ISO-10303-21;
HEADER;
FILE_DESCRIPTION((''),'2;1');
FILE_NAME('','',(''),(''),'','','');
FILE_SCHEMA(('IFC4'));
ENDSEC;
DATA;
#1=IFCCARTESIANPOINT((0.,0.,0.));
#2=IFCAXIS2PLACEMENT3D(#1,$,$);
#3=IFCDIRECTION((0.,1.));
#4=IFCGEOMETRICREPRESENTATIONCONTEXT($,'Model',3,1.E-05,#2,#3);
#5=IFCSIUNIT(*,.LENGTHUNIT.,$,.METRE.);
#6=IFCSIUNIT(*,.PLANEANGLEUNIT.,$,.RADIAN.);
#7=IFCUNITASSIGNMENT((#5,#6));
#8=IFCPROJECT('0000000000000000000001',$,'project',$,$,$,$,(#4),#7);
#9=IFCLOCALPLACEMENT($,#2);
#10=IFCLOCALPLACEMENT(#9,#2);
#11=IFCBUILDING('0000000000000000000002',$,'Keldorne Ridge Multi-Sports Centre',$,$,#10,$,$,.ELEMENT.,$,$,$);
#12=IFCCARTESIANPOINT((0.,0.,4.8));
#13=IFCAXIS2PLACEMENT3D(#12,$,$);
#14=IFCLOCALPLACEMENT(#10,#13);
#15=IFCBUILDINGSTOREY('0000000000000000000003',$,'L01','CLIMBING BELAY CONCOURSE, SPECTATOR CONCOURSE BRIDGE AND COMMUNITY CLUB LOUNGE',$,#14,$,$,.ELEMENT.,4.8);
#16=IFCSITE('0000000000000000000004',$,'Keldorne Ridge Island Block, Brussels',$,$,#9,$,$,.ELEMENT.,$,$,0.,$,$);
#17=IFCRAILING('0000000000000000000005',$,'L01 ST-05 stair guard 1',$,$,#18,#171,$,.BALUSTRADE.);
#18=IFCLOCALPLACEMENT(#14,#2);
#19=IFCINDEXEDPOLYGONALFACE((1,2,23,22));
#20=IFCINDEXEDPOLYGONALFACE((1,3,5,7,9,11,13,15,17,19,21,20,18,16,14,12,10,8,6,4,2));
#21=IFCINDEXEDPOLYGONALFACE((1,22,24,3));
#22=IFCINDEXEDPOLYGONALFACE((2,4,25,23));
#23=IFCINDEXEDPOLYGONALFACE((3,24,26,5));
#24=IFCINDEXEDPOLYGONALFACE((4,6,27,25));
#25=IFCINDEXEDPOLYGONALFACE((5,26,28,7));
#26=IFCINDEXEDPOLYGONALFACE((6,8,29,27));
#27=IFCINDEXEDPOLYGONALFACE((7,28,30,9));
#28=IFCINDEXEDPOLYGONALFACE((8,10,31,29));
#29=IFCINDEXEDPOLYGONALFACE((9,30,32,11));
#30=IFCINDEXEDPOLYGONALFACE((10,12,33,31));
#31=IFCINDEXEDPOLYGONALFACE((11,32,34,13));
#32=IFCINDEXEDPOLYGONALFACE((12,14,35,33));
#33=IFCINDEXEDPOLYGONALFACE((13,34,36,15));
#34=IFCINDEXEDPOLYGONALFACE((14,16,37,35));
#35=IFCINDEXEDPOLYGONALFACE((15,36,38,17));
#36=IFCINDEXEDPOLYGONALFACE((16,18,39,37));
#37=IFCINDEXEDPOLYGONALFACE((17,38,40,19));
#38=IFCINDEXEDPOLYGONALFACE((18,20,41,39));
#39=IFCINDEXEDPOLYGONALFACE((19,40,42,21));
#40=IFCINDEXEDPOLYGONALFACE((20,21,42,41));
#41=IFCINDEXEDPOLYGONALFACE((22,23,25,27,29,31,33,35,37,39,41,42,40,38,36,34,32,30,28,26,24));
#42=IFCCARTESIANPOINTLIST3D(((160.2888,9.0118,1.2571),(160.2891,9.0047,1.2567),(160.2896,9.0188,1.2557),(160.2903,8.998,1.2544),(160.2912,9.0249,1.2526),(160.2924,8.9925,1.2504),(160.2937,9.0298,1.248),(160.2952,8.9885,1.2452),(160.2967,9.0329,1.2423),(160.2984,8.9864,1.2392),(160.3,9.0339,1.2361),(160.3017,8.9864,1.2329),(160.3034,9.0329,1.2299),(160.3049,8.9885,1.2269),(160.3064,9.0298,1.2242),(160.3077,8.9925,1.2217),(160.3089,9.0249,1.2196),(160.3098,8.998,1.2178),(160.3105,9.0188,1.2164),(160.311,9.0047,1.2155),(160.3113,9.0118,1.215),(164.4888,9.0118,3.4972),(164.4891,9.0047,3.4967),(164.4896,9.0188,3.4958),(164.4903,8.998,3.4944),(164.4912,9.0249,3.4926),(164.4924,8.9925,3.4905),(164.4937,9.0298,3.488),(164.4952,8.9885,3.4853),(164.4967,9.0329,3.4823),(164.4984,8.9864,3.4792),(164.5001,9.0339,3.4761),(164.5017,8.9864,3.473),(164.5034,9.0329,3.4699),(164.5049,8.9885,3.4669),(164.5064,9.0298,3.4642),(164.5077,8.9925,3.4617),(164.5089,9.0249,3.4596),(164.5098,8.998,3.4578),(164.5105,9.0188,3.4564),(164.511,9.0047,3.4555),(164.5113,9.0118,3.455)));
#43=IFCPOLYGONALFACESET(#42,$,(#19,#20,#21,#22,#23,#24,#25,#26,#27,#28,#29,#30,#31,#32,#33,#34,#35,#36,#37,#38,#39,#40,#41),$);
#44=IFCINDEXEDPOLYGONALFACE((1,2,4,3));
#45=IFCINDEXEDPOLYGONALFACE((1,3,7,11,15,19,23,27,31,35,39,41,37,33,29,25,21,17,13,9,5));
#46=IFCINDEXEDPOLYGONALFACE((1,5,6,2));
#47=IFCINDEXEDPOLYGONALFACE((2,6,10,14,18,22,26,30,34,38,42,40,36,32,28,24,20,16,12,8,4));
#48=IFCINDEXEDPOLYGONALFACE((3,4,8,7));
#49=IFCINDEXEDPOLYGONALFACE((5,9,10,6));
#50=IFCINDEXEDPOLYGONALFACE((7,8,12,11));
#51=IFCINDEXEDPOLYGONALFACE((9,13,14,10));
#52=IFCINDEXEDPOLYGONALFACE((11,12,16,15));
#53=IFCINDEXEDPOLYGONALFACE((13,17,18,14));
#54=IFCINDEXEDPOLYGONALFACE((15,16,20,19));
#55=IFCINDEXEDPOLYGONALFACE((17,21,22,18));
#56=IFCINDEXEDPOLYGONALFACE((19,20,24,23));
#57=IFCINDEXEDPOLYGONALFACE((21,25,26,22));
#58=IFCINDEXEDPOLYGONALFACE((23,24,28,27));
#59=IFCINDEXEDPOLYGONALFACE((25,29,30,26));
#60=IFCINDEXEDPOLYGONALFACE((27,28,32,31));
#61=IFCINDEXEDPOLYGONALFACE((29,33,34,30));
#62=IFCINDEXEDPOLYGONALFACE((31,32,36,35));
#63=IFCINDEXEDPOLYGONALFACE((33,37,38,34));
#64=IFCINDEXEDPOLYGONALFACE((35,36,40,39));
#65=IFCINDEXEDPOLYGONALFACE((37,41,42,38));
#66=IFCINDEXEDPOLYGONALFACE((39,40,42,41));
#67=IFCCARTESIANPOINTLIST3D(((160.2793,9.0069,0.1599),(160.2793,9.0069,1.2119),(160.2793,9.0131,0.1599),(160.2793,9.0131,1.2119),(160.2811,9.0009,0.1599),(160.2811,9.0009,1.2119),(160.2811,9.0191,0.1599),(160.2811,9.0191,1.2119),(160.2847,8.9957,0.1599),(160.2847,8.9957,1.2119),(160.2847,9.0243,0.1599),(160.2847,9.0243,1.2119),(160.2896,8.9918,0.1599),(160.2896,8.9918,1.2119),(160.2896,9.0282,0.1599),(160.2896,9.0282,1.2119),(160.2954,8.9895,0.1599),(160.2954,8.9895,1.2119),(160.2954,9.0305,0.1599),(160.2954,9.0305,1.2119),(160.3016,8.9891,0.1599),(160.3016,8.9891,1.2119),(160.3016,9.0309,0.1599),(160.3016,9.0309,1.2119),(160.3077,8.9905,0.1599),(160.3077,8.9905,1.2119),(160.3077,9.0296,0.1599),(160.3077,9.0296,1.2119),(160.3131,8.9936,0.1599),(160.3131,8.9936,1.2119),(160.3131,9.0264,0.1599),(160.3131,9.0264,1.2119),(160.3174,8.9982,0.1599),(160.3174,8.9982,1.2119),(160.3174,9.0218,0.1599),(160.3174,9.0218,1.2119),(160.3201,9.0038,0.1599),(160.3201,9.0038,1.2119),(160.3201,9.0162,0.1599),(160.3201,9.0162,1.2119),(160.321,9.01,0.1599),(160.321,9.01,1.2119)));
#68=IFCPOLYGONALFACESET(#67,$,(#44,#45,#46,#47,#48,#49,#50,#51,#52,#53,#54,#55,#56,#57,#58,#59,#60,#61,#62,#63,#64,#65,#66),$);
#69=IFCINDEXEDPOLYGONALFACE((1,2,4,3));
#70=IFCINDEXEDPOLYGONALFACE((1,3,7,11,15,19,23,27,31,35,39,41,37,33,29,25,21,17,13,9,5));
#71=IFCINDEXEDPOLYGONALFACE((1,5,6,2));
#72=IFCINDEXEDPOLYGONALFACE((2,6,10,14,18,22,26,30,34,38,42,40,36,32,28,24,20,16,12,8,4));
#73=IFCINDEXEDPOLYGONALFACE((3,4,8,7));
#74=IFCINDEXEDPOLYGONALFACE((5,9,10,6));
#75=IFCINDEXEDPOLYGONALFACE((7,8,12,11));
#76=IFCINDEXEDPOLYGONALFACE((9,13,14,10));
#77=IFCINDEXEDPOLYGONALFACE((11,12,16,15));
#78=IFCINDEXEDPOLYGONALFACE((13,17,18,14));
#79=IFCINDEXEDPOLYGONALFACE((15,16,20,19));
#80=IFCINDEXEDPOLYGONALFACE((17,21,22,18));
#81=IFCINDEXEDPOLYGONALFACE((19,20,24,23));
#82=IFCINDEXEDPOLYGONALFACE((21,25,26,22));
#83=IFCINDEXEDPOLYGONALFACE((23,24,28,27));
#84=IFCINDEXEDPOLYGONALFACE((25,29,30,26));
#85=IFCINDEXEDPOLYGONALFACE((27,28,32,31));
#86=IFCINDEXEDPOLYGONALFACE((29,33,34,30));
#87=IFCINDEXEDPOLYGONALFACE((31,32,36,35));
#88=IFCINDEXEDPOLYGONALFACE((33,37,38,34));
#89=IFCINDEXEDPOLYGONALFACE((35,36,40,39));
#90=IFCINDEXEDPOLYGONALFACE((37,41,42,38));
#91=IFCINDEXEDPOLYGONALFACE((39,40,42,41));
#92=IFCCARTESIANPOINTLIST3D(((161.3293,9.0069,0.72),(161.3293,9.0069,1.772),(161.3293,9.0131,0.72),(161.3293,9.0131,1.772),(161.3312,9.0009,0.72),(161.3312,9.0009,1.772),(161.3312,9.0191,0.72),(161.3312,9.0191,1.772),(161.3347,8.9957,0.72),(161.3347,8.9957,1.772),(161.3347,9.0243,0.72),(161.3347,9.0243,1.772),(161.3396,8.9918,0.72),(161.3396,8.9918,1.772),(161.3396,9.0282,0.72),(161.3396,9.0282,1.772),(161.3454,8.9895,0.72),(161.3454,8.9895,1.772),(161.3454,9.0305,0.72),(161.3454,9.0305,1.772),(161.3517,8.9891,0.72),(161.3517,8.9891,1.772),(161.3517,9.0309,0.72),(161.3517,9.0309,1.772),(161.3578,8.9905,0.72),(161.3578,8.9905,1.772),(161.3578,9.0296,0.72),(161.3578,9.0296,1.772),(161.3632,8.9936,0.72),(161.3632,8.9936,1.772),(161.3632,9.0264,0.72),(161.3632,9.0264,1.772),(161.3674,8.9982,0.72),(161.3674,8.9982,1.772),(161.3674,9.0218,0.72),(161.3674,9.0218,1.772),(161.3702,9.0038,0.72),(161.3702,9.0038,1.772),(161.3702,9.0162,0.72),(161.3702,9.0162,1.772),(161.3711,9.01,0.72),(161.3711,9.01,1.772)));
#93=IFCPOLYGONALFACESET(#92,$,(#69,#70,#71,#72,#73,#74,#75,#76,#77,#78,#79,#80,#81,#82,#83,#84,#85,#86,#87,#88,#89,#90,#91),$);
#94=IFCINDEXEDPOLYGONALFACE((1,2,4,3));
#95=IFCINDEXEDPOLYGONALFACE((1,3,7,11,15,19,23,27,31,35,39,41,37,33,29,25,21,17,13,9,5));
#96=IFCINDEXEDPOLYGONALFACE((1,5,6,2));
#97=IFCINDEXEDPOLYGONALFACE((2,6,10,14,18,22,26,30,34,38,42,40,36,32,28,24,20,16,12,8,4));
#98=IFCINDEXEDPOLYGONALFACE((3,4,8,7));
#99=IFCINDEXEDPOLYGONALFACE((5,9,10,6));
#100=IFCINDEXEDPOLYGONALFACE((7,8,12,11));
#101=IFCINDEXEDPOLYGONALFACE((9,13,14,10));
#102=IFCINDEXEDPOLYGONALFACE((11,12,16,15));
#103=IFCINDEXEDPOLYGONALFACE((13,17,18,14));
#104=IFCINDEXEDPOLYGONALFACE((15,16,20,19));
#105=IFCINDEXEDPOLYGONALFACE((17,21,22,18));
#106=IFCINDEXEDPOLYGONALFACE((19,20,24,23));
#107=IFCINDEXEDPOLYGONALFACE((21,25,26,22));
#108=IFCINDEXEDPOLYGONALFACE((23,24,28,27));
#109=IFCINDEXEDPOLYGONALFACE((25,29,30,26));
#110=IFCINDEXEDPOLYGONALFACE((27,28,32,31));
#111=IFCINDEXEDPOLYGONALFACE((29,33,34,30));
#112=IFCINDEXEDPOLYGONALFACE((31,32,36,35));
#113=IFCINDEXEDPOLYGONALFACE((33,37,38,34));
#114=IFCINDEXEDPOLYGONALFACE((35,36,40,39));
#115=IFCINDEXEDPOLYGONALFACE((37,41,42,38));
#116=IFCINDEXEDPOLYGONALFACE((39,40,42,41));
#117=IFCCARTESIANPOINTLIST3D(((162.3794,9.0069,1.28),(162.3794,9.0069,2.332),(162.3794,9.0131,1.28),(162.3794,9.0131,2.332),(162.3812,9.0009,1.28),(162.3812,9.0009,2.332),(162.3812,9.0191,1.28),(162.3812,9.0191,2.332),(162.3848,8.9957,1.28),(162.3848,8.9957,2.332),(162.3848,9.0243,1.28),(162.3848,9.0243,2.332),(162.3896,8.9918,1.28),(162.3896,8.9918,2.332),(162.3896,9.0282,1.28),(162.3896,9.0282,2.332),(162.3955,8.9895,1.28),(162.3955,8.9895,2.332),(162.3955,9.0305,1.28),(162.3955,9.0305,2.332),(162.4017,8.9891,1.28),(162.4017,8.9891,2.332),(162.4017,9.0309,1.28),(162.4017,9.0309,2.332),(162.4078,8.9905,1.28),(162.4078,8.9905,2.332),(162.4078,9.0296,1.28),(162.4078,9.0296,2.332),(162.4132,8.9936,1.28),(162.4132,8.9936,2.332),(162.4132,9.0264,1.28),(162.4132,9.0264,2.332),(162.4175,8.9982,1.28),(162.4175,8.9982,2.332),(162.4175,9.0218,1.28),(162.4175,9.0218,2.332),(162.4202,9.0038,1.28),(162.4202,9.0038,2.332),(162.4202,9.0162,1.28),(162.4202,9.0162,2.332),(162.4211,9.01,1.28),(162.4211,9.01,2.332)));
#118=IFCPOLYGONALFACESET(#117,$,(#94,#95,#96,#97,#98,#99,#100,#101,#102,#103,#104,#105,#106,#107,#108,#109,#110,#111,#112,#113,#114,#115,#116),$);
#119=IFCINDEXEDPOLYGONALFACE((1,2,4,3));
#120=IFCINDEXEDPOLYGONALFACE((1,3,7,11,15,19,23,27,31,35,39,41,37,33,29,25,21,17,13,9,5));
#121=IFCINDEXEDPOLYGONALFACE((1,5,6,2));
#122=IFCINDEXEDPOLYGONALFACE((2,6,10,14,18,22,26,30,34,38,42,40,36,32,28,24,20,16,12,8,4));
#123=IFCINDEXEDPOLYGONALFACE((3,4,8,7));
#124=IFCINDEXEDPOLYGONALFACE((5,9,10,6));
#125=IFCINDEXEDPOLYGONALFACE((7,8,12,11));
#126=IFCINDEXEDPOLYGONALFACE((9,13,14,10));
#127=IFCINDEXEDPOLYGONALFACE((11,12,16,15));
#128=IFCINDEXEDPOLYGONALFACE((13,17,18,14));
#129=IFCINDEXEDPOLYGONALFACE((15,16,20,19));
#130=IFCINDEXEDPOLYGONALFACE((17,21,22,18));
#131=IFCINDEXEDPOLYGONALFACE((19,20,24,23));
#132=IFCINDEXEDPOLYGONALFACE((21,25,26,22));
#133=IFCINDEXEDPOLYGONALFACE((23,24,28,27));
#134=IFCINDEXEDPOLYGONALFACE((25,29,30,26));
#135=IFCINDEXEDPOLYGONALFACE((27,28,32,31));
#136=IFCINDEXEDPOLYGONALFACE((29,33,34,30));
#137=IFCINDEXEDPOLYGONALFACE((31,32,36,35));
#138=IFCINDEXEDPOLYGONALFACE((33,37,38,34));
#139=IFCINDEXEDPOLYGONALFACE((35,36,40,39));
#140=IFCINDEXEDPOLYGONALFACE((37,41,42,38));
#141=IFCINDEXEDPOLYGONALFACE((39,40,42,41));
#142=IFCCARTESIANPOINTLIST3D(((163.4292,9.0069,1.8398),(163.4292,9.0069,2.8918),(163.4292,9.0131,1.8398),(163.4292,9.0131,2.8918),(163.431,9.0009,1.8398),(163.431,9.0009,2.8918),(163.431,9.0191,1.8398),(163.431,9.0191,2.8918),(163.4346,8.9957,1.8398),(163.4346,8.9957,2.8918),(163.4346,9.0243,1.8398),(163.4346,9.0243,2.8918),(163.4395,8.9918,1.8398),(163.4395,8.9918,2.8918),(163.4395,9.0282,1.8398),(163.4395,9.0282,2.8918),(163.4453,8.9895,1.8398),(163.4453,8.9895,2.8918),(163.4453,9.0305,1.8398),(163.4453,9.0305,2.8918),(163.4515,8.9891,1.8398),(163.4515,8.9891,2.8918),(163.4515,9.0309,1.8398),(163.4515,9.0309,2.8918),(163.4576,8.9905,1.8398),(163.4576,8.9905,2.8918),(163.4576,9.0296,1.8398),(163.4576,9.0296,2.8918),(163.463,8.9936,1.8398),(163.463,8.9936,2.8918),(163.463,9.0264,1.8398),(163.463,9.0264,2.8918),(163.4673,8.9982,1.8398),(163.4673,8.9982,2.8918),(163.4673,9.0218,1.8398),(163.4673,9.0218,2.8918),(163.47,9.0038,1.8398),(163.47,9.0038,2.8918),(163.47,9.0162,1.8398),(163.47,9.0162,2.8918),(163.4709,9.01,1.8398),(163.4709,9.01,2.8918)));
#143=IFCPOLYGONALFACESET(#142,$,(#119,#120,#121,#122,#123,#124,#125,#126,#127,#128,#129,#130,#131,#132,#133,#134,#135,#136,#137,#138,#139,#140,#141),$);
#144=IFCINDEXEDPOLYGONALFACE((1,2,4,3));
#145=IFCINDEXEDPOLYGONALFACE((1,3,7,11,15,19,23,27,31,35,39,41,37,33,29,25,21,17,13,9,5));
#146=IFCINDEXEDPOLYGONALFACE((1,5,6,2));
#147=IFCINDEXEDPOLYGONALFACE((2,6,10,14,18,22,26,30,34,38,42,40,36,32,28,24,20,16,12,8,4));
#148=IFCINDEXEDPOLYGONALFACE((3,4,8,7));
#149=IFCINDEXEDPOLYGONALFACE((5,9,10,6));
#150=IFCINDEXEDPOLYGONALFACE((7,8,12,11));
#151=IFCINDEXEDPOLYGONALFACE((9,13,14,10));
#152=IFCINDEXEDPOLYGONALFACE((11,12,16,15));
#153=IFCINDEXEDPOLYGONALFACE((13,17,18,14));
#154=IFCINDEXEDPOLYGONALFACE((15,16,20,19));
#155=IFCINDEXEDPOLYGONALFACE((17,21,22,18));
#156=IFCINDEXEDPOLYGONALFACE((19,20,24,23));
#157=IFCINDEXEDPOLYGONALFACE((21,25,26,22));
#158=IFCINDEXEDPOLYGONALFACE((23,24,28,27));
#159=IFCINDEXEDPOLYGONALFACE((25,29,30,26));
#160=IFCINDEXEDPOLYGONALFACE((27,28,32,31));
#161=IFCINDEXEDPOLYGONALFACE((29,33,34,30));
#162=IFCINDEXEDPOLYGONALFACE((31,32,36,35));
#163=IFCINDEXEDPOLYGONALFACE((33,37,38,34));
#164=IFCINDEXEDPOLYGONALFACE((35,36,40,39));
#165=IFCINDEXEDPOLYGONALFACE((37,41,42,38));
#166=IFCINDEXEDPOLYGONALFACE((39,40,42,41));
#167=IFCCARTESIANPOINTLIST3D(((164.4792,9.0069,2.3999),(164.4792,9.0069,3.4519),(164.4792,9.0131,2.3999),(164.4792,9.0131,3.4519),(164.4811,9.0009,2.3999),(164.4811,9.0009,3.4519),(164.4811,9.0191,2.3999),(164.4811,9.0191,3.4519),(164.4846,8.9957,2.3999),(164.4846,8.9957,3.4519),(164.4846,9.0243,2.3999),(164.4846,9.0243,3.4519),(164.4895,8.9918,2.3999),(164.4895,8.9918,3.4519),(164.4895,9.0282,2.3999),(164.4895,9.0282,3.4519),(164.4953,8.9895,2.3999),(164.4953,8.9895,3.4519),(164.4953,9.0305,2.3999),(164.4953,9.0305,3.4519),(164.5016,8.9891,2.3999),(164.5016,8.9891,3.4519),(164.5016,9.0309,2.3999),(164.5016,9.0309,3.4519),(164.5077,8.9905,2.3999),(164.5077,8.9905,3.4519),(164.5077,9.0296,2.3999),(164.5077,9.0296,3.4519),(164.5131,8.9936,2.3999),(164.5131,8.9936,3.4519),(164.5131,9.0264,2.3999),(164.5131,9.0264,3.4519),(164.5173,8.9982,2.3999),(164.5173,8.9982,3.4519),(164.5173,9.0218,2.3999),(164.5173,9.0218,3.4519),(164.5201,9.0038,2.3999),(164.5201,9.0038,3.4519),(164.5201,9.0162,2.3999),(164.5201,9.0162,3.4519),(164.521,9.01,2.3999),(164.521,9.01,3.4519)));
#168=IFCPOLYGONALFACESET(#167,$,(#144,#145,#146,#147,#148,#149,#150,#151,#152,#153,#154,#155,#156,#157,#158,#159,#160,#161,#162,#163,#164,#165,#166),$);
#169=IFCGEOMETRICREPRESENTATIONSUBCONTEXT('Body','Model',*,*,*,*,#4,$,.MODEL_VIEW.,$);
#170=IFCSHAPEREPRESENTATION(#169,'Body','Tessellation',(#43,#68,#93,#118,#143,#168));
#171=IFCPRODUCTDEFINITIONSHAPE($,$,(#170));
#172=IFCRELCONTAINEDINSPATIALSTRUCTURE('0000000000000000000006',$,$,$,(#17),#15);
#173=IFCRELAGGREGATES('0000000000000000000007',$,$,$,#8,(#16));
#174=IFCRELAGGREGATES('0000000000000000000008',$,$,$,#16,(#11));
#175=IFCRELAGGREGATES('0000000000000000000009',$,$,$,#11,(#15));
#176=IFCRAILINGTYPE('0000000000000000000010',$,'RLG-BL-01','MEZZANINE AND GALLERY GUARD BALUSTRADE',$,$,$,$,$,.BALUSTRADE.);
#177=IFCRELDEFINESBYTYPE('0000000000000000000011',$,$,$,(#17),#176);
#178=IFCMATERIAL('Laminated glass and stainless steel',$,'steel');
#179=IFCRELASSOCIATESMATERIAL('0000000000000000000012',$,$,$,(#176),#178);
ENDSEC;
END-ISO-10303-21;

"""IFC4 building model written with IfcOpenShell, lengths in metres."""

from ifc_helpers import new_model, si_unit, direction, frame, origin, origin_2d, place, context, subcontext, project, spatial, circle, extrude, material, type_object, element, save


model = new_model("IFC4")

# Units and contexts
model_context = context("Model", 3, precision=1e-05, world=origin(), true_north=direction((0.0, 1.0)))
body_context = subcontext(model_context, "Body", "Model", "MODEL_VIEW")
ifc_project = project(units=[si_unit("LENGTHUNIT", "METRE"), si_unit("PLANEANGLEUNIT", "RADIAN")], contexts=[model_context])

# Site, building, storey
site_placement = place(None, origin())
site = spatial("IfcSite", under=ifc_project, at=site_placement, Name="Keldorne Ridge Island Block, Brussels", CompositionType="ELEMENT", RefElevation=0.0)
building_placement = place(site_placement, origin())
building = spatial("IfcBuilding", under=site, at=building_placement, Name="Keldorne Ridge Multi-Sports Centre", CompositionType="ELEMENT")
storey_placement = place(building_placement, frame((0.0, 0.0, 4.8)))
storey = spatial("IfcBuildingStorey", under=building, at=storey_placement, Name="L01", Description="CLIMBING BELAY CONCOURSE, SPECTATOR CONCOURSE BRIDGE AND COMMUNITY CLUB LOUNGE", CompositionType="ELEMENT", Elevation=4.8)

# Railing
ifc_material_1 = material(Name="Laminated glass and stainless steel", Category="steel")
railing_type_1 = type_object("IfcRailingType", Name="RLG-BL-01", Description="MEZZANINE AND GALLERY GUARD BALUSTRADE", PredefinedType="BALUSTRADE", material=ifc_material_1)
railing_1_placement = place(storey_placement, frame((160.3, 9.01, 0.1599)))
element("IfcRailing", 1, at=railing_1_placement, inside=storey, type_object=railing_type_1, Name="L01 ST-05 stair guard 1", PredefinedType="BALUSTRADE", context=body_context, shape_type="SweptSolid", body=[
    extrude(circle(Radius=0.0239, at=origin_2d()), frame((0.0, 0.0, 1.0762), z_axis=(0.882352, 0.0, 0.470591), x_axis=(0.0, 1.0, 0.0)), (0.0, 0.0, 1.0), 4.76),
    extrude(circle(Radius=0.021, at=origin_2d()), origin(), (0.0, 0.0, 1.0), 1.052),
    extrude(circle(Radius=0.021, at=origin_2d()), frame((1.05, 0.0, 0.5601)), (0.0, 0.0, 1.0), 1.052),
    extrude(circle(Radius=0.021, at=origin_2d()), frame((2.1001, 0.0, 1.1201)), (0.0, 0.0, 1.0), 1.052),
    extrude(circle(Radius=0.021, at=origin_2d()), frame((3.1499, 0.0, 1.6799)), (0.0, 0.0, 1.0), 1.052),
    extrude(circle(Radius=0.021, at=origin_2d()), frame((4.2, 0.0, 2.24)), (0.0, 0.0, 1.0), 1.052),
])

save(model, "model.ifc")
